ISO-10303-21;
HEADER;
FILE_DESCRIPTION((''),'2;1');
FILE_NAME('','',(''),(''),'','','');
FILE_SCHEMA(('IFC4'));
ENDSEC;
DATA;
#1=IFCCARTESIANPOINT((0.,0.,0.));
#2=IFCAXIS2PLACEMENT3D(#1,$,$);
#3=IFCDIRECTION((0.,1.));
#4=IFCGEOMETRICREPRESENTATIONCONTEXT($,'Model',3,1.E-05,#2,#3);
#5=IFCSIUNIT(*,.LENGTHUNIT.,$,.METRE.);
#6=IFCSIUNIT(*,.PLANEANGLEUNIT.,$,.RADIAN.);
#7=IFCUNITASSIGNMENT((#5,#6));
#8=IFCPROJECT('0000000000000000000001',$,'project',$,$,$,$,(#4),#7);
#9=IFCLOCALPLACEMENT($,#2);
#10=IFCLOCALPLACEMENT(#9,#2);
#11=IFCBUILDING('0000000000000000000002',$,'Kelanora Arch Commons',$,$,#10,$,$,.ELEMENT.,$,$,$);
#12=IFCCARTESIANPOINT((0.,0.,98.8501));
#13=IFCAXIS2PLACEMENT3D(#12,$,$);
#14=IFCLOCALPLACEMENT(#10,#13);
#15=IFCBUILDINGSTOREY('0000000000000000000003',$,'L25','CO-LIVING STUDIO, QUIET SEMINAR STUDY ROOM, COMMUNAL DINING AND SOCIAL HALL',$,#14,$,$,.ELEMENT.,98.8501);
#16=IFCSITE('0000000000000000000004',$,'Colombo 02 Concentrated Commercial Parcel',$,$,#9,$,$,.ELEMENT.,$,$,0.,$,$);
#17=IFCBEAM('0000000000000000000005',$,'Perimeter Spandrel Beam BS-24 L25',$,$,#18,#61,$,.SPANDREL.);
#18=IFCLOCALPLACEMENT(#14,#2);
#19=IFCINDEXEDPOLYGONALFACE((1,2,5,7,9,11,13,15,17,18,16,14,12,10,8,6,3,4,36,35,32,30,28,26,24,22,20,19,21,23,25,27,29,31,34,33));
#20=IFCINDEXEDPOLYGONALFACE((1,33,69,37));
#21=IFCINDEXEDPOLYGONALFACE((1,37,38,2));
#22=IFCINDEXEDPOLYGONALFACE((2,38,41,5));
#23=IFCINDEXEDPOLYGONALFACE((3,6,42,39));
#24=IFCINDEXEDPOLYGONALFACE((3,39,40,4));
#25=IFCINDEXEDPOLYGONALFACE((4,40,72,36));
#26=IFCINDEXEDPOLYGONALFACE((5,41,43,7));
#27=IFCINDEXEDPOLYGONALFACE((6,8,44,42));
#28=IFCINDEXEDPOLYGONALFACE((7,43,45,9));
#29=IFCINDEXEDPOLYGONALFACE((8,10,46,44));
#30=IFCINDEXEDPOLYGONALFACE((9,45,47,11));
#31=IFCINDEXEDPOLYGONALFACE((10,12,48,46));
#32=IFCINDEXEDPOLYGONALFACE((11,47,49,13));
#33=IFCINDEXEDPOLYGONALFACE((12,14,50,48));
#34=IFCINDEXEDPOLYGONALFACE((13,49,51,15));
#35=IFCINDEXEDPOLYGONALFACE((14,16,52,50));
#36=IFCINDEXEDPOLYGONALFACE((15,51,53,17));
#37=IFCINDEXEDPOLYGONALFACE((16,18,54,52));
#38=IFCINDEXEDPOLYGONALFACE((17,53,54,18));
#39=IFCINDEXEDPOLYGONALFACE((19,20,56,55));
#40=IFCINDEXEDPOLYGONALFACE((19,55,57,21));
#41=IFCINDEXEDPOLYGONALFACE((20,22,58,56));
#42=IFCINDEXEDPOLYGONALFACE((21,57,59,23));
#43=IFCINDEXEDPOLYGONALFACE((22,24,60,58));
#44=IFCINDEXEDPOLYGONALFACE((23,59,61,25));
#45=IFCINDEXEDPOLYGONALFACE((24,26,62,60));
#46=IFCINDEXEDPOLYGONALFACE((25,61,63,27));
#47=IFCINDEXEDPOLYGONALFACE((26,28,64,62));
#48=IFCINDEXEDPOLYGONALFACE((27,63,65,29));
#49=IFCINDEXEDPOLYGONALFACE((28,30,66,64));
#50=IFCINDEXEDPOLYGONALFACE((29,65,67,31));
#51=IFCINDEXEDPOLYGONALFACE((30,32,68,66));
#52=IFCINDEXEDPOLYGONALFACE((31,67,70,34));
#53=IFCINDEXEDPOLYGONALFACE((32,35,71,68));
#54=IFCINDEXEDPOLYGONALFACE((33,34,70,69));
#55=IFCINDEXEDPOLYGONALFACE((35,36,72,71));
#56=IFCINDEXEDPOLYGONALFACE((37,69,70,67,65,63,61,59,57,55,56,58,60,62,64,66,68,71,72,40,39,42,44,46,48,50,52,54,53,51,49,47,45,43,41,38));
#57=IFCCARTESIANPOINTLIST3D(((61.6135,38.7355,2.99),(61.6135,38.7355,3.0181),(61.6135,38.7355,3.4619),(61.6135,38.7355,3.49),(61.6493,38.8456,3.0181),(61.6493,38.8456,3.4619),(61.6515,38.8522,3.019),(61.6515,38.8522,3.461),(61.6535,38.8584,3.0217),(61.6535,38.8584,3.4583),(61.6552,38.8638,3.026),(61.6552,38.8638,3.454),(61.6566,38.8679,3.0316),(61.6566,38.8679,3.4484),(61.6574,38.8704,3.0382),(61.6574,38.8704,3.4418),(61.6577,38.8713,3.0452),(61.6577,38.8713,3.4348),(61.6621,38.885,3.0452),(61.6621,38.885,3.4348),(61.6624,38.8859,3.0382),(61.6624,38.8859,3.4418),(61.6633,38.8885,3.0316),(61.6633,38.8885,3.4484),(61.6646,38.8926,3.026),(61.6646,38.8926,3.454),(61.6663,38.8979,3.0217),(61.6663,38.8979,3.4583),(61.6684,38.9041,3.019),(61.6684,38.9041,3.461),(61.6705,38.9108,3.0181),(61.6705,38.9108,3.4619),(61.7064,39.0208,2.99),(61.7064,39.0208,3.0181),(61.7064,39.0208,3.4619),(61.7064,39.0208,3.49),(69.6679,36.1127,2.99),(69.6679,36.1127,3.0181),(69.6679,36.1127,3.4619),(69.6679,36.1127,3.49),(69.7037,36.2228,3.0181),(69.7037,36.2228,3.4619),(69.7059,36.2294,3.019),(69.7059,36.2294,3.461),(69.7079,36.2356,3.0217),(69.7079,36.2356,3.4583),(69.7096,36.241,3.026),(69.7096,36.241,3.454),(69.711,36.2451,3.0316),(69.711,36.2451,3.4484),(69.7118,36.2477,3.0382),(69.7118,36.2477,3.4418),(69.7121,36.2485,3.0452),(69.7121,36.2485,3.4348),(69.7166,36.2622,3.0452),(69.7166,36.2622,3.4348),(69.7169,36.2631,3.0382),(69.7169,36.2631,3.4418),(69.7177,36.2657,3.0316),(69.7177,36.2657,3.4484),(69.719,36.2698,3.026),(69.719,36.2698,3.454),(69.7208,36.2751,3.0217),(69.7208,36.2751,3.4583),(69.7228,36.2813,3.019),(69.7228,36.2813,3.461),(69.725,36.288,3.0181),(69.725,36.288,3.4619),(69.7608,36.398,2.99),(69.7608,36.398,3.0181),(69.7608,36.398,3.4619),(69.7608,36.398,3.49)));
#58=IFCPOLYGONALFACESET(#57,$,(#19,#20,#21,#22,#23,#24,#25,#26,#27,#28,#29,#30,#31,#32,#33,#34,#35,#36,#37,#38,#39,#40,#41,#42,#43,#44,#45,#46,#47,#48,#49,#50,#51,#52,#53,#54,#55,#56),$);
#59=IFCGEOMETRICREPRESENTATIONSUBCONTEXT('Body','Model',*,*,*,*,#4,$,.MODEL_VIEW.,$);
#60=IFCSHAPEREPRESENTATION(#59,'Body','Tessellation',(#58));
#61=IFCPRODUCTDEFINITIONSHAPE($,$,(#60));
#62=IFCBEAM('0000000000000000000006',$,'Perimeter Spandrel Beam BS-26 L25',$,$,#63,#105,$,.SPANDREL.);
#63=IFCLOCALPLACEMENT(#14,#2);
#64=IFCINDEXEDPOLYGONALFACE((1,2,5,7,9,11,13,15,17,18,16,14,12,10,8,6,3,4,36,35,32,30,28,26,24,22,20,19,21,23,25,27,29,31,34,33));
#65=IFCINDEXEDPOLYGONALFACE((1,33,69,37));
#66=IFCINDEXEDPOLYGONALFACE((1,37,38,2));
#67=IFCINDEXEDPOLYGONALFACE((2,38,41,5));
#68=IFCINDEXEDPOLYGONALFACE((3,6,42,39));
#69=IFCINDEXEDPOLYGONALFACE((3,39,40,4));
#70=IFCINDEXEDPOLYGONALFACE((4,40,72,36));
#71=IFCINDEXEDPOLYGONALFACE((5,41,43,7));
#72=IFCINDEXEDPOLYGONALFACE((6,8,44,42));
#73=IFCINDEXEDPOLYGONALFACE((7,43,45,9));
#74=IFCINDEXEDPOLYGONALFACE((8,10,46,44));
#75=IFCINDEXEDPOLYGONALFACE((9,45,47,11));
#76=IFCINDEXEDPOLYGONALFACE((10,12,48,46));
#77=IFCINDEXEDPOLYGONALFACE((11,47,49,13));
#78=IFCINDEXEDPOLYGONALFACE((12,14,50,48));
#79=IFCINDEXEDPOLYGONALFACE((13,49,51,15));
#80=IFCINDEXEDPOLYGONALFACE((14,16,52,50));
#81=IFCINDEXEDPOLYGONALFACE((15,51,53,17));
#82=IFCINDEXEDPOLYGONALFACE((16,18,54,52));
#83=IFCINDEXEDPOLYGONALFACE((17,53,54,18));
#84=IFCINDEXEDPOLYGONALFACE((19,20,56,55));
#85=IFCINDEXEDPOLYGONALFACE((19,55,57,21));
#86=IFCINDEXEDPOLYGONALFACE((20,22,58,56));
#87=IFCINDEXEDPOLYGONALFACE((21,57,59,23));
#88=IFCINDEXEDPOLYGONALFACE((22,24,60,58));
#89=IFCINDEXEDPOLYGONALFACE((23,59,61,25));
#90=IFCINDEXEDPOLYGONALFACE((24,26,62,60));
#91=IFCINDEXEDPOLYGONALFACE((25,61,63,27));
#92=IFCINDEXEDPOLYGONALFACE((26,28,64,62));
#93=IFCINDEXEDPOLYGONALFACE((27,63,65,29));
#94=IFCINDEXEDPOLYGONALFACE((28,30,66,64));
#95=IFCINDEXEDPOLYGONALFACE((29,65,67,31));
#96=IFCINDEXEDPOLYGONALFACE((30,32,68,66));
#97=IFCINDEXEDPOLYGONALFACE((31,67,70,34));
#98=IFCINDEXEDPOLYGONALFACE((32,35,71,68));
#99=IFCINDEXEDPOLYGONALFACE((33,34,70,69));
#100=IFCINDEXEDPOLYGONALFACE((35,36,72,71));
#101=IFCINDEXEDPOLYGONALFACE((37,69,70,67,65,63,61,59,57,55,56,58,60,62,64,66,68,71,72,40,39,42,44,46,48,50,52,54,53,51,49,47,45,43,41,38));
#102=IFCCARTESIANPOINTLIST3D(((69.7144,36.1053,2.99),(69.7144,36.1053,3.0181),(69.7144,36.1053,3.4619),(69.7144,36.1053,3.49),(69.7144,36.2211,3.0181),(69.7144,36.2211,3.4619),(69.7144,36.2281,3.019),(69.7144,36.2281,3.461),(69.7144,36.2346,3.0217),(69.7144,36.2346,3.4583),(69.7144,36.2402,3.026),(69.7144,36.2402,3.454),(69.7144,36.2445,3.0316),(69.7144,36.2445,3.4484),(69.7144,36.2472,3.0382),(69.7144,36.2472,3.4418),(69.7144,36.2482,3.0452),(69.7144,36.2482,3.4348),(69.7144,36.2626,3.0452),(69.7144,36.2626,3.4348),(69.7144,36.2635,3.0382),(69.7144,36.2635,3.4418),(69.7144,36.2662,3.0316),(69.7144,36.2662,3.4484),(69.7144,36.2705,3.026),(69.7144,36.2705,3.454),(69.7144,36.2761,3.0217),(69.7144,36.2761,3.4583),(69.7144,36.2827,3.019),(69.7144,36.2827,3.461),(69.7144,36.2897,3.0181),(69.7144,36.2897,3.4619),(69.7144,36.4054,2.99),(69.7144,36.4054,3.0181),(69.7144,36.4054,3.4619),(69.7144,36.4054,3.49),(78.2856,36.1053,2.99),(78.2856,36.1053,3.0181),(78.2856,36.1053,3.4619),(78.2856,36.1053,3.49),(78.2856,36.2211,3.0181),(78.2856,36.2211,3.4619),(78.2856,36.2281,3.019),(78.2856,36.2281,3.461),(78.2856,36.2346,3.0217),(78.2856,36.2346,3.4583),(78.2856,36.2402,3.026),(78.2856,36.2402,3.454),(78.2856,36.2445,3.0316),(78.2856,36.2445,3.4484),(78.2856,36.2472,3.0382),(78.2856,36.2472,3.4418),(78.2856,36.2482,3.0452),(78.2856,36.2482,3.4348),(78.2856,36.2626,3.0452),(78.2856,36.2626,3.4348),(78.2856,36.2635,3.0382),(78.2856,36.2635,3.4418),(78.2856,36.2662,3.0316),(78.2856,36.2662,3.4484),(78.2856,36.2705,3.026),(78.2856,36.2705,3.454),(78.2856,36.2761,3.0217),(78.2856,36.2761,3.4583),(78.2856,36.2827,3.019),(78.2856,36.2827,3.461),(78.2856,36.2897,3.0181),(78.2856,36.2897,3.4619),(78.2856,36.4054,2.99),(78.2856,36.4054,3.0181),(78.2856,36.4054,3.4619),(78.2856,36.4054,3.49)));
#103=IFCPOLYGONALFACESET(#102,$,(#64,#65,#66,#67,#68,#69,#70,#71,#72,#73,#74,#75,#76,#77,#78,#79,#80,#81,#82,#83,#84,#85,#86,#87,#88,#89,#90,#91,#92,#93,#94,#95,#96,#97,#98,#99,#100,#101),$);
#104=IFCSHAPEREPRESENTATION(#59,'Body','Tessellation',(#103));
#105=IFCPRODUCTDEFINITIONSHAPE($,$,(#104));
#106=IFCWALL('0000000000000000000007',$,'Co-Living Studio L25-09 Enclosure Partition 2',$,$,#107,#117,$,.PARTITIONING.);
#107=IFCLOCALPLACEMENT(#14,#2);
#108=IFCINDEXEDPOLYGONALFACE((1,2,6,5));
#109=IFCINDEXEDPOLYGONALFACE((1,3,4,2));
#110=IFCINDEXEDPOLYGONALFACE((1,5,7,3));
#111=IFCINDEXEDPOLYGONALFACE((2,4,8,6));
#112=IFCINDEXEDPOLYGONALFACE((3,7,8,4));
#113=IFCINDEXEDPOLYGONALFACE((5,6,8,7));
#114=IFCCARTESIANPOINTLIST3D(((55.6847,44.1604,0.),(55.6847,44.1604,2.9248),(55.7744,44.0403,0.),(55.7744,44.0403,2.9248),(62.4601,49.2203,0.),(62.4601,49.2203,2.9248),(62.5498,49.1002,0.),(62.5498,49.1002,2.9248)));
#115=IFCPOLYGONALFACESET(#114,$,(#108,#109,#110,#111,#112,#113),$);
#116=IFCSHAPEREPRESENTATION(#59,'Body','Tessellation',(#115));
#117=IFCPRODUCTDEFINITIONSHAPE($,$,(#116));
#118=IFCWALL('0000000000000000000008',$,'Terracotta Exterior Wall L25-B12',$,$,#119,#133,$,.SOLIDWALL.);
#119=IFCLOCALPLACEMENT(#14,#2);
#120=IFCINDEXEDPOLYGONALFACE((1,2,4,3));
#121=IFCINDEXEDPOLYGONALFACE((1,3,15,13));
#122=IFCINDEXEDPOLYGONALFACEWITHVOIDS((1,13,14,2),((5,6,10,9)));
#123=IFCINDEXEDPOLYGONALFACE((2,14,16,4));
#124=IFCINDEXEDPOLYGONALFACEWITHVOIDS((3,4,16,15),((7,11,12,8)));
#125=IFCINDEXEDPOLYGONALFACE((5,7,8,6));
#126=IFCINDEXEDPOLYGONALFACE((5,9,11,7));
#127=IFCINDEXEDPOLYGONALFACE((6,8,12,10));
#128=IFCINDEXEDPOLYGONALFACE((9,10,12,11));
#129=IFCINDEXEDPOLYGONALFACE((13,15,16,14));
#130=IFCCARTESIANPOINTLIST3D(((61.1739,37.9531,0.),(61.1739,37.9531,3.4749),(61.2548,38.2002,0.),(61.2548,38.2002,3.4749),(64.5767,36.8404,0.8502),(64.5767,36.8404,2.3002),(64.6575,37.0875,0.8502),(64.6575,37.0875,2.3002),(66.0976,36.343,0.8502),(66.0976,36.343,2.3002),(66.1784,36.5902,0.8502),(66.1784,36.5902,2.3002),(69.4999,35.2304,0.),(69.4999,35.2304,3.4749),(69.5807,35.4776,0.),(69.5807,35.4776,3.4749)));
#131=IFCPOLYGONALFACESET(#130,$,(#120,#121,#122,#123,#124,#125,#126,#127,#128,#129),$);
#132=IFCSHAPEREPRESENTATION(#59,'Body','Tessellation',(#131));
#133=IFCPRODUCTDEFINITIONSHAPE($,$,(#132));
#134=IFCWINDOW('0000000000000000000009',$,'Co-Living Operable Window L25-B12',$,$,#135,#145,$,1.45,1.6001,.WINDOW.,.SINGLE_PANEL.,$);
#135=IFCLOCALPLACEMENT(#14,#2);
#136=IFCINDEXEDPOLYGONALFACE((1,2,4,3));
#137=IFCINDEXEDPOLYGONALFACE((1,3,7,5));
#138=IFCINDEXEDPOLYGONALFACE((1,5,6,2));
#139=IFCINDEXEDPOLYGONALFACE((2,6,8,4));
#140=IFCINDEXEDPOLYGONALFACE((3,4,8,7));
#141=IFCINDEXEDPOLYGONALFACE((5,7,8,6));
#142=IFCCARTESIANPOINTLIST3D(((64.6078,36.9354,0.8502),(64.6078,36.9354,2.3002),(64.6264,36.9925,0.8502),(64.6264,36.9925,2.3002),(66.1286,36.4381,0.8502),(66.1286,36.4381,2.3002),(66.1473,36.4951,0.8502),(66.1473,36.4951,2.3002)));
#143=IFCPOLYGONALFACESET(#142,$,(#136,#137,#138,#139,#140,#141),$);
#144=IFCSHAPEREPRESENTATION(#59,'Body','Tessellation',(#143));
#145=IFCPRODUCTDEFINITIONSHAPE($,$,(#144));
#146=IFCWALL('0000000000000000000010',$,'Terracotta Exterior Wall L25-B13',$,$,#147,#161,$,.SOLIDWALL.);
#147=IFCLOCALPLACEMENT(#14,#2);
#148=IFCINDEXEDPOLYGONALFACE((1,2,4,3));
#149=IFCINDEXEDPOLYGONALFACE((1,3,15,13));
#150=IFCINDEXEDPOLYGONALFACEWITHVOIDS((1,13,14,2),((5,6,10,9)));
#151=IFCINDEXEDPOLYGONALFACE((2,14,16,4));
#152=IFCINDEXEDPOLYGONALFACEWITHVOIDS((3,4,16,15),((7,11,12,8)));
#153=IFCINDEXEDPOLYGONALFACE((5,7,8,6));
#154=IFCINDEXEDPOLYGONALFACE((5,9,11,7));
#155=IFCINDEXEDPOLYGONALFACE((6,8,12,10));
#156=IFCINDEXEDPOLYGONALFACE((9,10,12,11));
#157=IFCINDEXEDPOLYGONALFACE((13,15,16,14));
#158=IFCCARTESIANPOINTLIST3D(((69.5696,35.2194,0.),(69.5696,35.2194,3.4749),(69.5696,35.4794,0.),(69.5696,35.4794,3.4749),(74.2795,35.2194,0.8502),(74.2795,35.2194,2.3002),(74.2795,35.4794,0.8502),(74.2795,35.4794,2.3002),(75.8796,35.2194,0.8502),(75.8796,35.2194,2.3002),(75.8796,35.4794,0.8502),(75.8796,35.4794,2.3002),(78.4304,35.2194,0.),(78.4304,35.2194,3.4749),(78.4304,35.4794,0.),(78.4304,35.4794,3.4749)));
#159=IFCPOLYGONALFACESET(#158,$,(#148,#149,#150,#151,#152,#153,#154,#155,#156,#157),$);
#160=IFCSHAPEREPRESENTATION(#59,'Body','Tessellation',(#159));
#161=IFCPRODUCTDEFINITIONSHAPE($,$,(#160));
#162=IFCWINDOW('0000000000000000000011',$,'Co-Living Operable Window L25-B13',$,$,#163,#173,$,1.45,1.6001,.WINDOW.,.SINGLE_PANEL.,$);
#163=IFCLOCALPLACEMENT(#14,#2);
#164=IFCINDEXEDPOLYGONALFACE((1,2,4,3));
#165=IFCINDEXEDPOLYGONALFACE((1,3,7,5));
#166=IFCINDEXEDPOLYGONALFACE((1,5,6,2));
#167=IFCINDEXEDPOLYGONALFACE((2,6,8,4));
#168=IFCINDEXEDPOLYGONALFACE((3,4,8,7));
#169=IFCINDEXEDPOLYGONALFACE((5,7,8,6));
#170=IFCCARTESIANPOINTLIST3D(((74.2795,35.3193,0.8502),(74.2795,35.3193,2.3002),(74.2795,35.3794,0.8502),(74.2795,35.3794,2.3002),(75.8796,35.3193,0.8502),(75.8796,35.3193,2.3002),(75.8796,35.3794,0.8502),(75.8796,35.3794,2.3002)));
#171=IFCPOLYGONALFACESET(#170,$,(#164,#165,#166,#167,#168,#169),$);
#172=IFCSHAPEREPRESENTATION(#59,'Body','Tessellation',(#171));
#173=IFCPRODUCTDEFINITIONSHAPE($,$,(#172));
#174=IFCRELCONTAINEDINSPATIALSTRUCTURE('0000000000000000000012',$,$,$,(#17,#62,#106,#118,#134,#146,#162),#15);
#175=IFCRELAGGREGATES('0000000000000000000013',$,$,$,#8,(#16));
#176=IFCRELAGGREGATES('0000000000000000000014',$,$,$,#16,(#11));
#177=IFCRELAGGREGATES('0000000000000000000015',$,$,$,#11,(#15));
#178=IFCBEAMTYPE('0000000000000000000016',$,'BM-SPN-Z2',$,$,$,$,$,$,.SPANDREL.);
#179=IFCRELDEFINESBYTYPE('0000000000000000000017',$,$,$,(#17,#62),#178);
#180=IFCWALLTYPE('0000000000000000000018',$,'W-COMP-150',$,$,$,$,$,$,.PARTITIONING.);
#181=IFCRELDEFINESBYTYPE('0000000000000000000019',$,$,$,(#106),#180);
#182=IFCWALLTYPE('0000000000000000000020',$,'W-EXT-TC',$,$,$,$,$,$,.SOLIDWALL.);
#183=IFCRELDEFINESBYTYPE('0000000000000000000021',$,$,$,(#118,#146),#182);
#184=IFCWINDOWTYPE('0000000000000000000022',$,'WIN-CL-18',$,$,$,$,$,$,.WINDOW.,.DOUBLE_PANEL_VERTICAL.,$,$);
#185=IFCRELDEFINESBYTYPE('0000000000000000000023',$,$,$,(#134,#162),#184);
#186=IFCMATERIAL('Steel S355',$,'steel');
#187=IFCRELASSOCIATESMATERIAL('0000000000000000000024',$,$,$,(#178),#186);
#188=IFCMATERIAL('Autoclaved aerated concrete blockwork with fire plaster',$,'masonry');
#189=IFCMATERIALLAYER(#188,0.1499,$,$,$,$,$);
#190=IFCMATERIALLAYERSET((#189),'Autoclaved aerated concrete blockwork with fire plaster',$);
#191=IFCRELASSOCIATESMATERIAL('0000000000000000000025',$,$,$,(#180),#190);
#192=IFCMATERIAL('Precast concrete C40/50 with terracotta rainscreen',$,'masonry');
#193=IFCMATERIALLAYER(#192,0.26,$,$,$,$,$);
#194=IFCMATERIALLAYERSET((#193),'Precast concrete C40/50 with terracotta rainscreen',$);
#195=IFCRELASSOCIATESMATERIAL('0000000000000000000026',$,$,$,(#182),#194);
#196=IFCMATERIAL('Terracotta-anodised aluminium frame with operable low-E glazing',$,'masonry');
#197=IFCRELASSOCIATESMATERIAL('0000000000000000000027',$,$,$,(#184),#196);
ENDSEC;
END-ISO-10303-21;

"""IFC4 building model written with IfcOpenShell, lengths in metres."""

from ifc_helpers import new_model, si_unit, direction, frame, frame_2d, origin, origin_2d, place, context, subcontext, project, spatial, rectangle, i_section, extrude, material, layer, layer_set, material_profile, profile_set, type_object, element, fill, save


model = new_model("IFC4")

# Units and contexts
model_context = context("Model", 3, precision=1e-05, world=origin(), true_north=direction((0.0, 1.0)))
body_context = subcontext(model_context, "Body", "Model", "MODEL_VIEW")
ifc_project = project(units=[si_unit("LENGTHUNIT", "METRE"), si_unit("PLANEANGLEUNIT", "RADIAN")], contexts=[model_context])

# Site, building, storey
site_placement = place(None, origin())
site = spatial("IfcSite", under=ifc_project, at=site_placement, Name="Colombo 02 Concentrated Commercial Parcel", CompositionType="ELEMENT", RefElevation=0.0)
building_placement = place(site_placement, origin())
building = spatial("IfcBuilding", under=site, at=building_placement, Name="Kelanora Arch Commons", CompositionType="ELEMENT")
storey_placement = place(building_placement, frame((0.0, 0.0, 98.8501)))
storey = spatial("IfcBuildingStorey", under=building, at=storey_placement, Name="L25", Description="CO-LIVING STUDIO, QUIET SEMINAR STUDY ROOM, COMMUNAL DINING AND SOCIAL HALL", CompositionType="ELEMENT", Elevation=98.8501)

# Beams
ifc_material_1 = material(Name="Steel S355", Category="steel")
ifc_material_profile_1 = material_profile(ifc_material_1, i_section(OverallWidth=0.3, OverallDepth=0.5, WebThickness=0.0144, FlangeThickness=0.0281, FilletRadius=0.0271, at=origin_2d()), Name="HEB500")
ifc_profile_set_1 = profile_set([ifc_material_profile_1], Name="Steel S355")
beam_type_1 = type_object("IfcBeamType", Name="BM-SPN-Z2", PredefinedType="SPANDREL", material=ifc_profile_set_1)
beam_1_placement = place(storey_placement, frame((61.6599, 38.8782, 3.24), z_axis=(0.950857, -0.309631, 0.0), x_axis=(0.309631, 0.950857, 0.0)))
element("IfcBeam", 1, at=beam_1_placement, inside=storey, type_object=beam_type_1, Name="Perimeter Spandrel Beam BS-24 L25", PredefinedType="SPANDREL", context=body_context, shape_type="SweptSolid", body=[
    extrude(i_section(OverallWidth=0.3, OverallDepth=0.5, WebThickness=0.0144, FlangeThickness=0.0281, FilletRadius=0.0271, at=origin_2d()), origin(), (0.0, 0.0, 1.0), 8.4707),
])
beam_2_placement = place(storey_placement, frame((69.7144, 36.2554, 3.24), z_axis=(1.0, 0.0, 0.0), x_axis=(0.0, 1.0, 0.0)))
element("IfcBeam", 2, at=beam_2_placement, inside=storey, type_object=beam_type_1, Name="Perimeter Spandrel Beam BS-26 L25", PredefinedType="SPANDREL", context=body_context, shape_type="SweptSolid", body=[
    extrude(i_section(OverallWidth=0.3, OverallDepth=0.5, WebThickness=0.0144, FlangeThickness=0.0281, FilletRadius=0.0271, at=origin_2d()), origin(), (0.0, 0.0, 1.0), 8.5713),
])

# Wall
ifc_material_2 = material(Name="Autoclaved aerated concrete blockwork with fire plaster", Category="masonry")
ifc_layer_1 = layer(ifc_material_2, 0.1499)
ifc_layer_set_1 = layer_set([ifc_layer_1], Name="Autoclaved aerated concrete blockwork with fire plaster")
wall_type_1 = type_object("IfcWallType", Name="W-COMP-150", PredefinedType="PARTITIONING", material=ifc_layer_set_1)
wall_1_placement = place(storey_placement, frame((62.5049, 49.1602, 0.0), z_axis=(0.0, 0.0, 1.0), x_axis=(-0.801232, -0.598354, 0.0)))
element("IfcWall", 3, at=wall_1_placement, inside=storey, type_object=wall_type_1, Name="Co-Living Studio L25-09 Enclosure Partition 2", PredefinedType="PARTITIONING", context=body_context, shape_type="SweptSolid", body=[
    extrude(rectangle(XDim=8.4563, YDim=0.1499, at=frame_2d((4.228, 0.0))), origin(), (0.0, 0.0, 1.0), 2.9248),
])

# Walls, openings, windows
ifc_material_3 = material(Name="Precast concrete C40/50 with terracotta rainscreen", Category="masonry")
ifc_layer_2 = layer(ifc_material_3, 0.26)
ifc_layer_set_2 = layer_set([ifc_layer_2], Name="Precast concrete C40/50 with terracotta rainscreen")
wall_type_2 = type_object("IfcWallType", Name="W-EXT-TC", PredefinedType="SOLIDWALL", material=ifc_layer_set_2)
wall_2_placement = place(storey_placement, frame((61.2144, 38.0767, 0.0), z_axis=(0.0, 0.0, 1.0), x_axis=(0.950471, -0.310813, 0.0)))
wall_2 = element("IfcWall", 4, at=wall_2_placement, inside=storey, type_object=wall_type_2, Name="Terracotta Exterior Wall L25-B12", PredefinedType="SOLIDWALL", context=body_context, shape_type="SweptSolid", body=[
    extrude(rectangle(XDim=8.7598, YDim=0.26, at=frame_2d((4.3799, 0.0))), origin(), (0.0, 0.0, 1.0), 3.4749),
])
opening_1_placement = place(wall_2_placement, frame((3.5801, 0.0, 0.8501)))
opening_1 = element("IfcOpeningElement", 5, at=opening_1_placement, cuts=wall_2, PredefinedType="OPENING", context=body_context, shape_type="SweptSolid", body=[
    extrude(rectangle(XDim=1.6001, YDim=1.45, at=frame_2d((0.8, 0.7251))), frame((0.0, 0.1401, 0.0), z_axis=(0.0, -1.0, 0.0), x_axis=(1.0, 0.0, 0.0)), (0.0, 0.0, 1.0), 0.28),
])
ifc_material_4 = material(Name="Terracotta-anodised aluminium frame with operable low-E glazing", Category="masonry")
window_type = type_object("IfcWindowType", Name="WIN-CL-18", PartitioningType="DOUBLE_PANEL_VERTICAL", PredefinedType="WINDOW", material=ifc_material_4)
window_1_placement = place(opening_1_placement, origin())
window_1 = element("IfcWindow", 6, at=window_1_placement, inside=storey, type_object=window_type, Name="Co-Living Operable Window L25-B12", OverallHeight=1.45, OverallWidth=1.6001, PartitioningType="SINGLE_PANEL", PredefinedType="WINDOW", context=body_context, shape_type="SweptSolid", body=[
    extrude(rectangle(XDim=1.6001, YDim=1.45, at=frame_2d((0.8, 0.7251))), frame((0.0, 0.03, 0.0), z_axis=(0.0, -1.0, 0.0), x_axis=(1.0, 0.0, 0.0)), (0.0, 0.0, 1.0), 0.0601),
])
fill(opening_1, window_1)
wall_3_placement = place(storey_placement, frame((69.5696, 35.3494, 0.0), z_axis=(0.0, 0.0, 1.0), x_axis=(1.0, 0.0, 0.0)))
wall_3 = element("IfcWall", 7, at=wall_3_placement, inside=storey, type_object=wall_type_2, Name="Terracotta Exterior Wall L25-B13", PredefinedType="SOLIDWALL", context=body_context, shape_type="SweptSolid", body=[
    extrude(rectangle(XDim=8.8608, YDim=0.26, at=frame_2d((4.4304, 0.0))), origin(), (0.0, 0.0, 1.0), 3.4749),
])
opening_2_placement = place(wall_3_placement, frame((4.71, 0.0, 0.8501)))
opening_2 = element("IfcOpeningElement", 8, at=opening_2_placement, cuts=wall_3, PredefinedType="OPENING", context=body_context, shape_type="SweptSolid", body=[
    extrude(rectangle(XDim=1.6001, YDim=1.45, at=frame_2d((0.8, 0.7251))), frame((0.0, 0.1401, 0.0), z_axis=(0.0, -1.0, 0.0), x_axis=(1.0, 0.0, 0.0)), (0.0, 0.0, 1.0), 0.28),
])
window_2_placement = place(opening_2_placement, origin())
window_2 = element("IfcWindow", 9, at=window_2_placement, inside=storey, type_object=window_type, Name="Co-Living Operable Window L25-B13", OverallHeight=1.45, OverallWidth=1.6001, PartitioningType="SINGLE_PANEL", PredefinedType="WINDOW", context=body_context, shape_type="SweptSolid", body=[
    extrude(rectangle(XDim=1.6001, YDim=1.45, at=frame_2d((0.8, 0.7251))), frame((0.0, 0.03, 0.0), z_axis=(0.0, -1.0, 0.0), x_axis=(1.0, 0.0, 0.0)), (0.0, 0.0, 1.0), 0.0601),
])
fill(opening_2, window_2)

save(model, "model.ifc")
